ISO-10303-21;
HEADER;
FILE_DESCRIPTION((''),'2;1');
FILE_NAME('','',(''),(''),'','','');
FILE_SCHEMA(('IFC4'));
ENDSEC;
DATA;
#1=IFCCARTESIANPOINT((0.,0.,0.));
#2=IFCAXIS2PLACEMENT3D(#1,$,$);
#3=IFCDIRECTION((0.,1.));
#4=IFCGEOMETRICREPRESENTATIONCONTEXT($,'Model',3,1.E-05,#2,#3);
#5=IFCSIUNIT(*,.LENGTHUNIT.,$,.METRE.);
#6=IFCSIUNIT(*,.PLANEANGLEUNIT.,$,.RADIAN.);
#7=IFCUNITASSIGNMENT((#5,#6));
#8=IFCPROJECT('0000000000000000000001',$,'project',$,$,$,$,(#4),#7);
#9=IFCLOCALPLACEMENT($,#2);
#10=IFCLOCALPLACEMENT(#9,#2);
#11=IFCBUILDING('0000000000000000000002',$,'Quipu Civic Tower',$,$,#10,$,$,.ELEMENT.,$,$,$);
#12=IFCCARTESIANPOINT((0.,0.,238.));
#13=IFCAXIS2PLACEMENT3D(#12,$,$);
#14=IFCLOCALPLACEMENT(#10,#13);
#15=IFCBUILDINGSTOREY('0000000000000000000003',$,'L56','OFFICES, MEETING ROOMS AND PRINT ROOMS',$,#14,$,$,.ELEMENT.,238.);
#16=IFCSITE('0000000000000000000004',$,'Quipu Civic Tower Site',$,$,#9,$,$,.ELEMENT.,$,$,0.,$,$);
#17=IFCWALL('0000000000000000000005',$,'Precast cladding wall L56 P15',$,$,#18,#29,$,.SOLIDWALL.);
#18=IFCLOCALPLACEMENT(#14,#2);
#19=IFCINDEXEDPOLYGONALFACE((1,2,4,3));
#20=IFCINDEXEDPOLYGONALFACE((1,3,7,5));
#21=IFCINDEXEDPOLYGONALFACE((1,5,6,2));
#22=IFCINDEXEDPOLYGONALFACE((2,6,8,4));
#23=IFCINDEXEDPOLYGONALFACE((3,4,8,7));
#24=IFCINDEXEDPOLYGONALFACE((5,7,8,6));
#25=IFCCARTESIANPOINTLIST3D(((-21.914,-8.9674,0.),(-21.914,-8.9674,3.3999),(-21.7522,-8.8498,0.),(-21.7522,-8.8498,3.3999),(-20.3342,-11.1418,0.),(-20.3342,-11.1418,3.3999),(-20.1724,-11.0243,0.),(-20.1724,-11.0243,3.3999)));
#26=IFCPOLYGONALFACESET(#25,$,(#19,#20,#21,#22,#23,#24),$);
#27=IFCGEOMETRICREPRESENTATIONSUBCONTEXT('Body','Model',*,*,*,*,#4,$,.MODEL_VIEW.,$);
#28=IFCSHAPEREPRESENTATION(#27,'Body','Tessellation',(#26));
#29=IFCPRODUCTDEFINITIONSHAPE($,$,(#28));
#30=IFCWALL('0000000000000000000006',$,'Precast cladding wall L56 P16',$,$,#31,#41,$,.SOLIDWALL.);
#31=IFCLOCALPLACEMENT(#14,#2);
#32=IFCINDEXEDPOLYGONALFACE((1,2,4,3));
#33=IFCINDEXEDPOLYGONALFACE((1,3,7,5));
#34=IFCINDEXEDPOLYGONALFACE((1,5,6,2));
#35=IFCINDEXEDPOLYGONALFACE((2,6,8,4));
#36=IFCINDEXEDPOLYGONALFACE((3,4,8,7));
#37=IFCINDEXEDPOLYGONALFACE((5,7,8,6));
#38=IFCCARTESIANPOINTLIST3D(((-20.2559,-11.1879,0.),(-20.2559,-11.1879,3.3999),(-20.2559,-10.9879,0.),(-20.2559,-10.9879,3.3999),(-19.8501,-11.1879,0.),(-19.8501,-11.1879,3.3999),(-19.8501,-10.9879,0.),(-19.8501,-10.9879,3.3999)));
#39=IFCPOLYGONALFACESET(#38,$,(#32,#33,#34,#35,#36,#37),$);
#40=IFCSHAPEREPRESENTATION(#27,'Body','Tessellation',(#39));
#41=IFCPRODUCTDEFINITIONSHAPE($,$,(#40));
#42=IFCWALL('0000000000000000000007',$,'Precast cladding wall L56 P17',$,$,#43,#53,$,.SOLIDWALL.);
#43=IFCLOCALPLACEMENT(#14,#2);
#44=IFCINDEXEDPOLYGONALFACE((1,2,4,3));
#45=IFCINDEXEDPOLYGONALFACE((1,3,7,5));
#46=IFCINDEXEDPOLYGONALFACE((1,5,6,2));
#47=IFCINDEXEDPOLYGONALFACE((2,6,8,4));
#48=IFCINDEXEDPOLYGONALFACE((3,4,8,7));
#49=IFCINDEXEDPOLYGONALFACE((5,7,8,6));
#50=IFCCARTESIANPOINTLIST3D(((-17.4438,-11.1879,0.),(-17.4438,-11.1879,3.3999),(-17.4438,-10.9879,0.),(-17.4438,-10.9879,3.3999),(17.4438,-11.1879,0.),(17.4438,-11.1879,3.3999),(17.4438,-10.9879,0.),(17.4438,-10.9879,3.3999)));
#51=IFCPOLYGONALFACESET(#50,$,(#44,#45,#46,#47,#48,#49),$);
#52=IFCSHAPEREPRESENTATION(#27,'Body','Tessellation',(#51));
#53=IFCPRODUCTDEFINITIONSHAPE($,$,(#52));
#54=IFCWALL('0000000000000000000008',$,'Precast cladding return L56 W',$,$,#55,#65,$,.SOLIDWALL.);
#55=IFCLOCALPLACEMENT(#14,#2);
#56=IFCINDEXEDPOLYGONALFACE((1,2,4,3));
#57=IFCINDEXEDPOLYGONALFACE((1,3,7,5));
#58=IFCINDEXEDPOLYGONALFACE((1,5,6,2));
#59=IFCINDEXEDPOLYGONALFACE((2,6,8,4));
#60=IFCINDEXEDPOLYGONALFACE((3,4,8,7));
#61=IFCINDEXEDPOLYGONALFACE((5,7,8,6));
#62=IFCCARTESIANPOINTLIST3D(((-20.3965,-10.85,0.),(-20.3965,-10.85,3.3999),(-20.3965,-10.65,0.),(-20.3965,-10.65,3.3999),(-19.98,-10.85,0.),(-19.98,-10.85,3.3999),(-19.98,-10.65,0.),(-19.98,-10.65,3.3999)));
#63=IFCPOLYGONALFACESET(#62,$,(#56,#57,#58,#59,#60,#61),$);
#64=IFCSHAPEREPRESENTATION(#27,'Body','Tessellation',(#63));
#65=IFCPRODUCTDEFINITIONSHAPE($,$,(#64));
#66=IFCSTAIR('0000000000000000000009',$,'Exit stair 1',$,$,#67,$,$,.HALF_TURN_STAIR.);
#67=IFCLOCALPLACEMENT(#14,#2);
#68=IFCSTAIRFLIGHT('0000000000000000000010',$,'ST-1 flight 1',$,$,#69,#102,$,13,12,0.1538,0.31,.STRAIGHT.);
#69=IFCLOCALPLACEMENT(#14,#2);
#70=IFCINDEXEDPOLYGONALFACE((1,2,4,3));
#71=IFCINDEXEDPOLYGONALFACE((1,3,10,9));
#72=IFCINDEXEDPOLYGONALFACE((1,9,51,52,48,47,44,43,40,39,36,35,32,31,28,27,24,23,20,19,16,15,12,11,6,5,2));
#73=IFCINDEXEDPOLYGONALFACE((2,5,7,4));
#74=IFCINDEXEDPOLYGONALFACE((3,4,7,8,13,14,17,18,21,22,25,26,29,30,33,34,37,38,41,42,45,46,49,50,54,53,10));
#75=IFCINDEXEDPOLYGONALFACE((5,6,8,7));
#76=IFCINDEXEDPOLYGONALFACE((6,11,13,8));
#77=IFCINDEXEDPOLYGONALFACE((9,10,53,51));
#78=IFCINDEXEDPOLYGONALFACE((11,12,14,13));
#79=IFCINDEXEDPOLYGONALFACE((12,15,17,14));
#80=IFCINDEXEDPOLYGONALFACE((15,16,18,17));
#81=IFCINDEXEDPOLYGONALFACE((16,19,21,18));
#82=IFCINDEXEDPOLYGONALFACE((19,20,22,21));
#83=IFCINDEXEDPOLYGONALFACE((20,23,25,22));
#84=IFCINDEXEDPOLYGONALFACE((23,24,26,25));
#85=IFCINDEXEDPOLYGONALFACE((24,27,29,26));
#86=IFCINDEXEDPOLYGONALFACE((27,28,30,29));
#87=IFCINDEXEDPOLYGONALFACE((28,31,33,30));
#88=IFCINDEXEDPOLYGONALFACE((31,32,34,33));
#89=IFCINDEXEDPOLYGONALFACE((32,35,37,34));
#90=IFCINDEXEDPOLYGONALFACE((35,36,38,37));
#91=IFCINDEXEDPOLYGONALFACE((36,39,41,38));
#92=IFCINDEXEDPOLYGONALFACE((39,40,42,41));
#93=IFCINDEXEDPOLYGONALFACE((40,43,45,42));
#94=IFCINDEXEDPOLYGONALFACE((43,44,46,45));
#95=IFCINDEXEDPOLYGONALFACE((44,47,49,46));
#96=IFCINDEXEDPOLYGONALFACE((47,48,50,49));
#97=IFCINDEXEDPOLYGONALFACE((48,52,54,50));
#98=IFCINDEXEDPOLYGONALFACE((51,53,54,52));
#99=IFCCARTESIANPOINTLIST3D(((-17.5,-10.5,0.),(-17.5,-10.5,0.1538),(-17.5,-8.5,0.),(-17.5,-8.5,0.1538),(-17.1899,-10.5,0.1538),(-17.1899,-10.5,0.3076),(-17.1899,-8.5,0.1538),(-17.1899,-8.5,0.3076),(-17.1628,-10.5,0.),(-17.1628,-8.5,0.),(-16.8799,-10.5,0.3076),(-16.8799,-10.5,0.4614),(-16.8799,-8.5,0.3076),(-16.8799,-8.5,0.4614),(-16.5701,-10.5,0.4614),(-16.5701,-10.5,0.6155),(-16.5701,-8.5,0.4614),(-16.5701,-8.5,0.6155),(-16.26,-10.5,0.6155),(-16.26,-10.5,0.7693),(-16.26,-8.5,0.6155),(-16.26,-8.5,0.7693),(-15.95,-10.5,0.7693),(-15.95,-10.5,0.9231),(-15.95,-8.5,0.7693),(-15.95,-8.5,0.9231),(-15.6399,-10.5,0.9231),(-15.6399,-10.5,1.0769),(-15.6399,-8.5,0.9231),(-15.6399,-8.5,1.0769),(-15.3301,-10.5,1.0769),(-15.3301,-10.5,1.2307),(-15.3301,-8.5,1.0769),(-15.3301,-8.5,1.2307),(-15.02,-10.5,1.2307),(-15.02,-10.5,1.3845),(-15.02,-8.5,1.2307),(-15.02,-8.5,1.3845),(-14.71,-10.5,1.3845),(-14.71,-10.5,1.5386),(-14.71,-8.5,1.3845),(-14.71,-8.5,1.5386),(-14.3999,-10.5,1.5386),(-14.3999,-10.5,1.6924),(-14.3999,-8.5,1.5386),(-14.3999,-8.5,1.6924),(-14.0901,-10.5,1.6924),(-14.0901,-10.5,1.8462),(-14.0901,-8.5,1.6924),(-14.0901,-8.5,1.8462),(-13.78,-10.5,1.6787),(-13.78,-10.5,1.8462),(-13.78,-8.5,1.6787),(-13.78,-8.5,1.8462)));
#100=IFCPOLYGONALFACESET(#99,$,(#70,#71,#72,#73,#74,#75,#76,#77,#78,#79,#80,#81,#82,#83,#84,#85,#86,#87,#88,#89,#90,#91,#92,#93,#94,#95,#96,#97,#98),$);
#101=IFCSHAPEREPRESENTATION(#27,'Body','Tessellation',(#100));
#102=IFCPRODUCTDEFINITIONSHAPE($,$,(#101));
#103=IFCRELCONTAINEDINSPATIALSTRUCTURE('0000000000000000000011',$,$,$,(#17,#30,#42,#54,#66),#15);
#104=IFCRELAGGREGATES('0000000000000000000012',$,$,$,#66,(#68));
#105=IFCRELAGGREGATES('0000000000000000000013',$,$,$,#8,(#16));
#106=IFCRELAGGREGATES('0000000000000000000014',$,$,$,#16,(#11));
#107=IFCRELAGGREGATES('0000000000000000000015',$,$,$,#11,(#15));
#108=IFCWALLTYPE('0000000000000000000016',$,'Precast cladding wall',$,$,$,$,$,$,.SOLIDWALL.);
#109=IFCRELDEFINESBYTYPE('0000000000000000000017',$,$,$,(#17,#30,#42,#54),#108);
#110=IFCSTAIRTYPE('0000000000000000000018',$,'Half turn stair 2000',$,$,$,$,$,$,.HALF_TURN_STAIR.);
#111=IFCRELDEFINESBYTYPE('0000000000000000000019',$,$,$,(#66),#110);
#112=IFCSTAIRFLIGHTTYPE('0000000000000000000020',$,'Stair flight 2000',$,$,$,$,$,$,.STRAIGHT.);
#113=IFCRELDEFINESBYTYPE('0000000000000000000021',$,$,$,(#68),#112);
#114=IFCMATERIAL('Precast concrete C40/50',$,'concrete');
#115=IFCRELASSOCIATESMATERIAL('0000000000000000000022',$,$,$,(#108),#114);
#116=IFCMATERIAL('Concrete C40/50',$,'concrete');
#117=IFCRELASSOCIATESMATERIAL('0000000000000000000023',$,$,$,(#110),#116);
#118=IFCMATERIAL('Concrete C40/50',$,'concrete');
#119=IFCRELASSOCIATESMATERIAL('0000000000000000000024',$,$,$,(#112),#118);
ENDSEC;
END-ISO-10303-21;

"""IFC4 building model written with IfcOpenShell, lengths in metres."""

from ifc_helpers import new_model, si_unit, direction, frame, frame_2d, origin, place, context, subcontext, project, spatial, polyline, rectangle, outline, extrude, material, type_object, element, aggregate, save


model = new_model("IFC4")

# Units and contexts
model_context = context("Model", 3, precision=1e-05, world=origin(), true_north=direction((0.0, 1.0)))
body_context = subcontext(model_context, "Body", "Model", "MODEL_VIEW")
ifc_project = project(units=[si_unit("LENGTHUNIT", "METRE"), si_unit("PLANEANGLEUNIT", "RADIAN")], contexts=[model_context])

# Site, building, storey
site_placement = place(None, origin())
site = spatial("IfcSite", under=ifc_project, at=site_placement, Name="Quipu Civic Tower Site", CompositionType="ELEMENT", RefElevation=0.0)
building_placement = place(site_placement, origin())
building = spatial("IfcBuilding", under=site, at=building_placement, Name="Quipu Civic Tower", CompositionType="ELEMENT")
storey_placement = place(building_placement, frame((0.0, 0.0, 238.0)))
storey = spatial("IfcBuildingStorey", under=building, at=storey_placement, Name="L56", Description="OFFICES, MEETING ROOMS AND PRINT ROOMS", CompositionType="ELEMENT", Elevation=238.0)

# Walls
ifc_material_1 = material(Name="Precast concrete C40/50", Category="concrete")
wall_type_1 = type_object("IfcWallType", Name="Precast cladding wall", PredefinedType="SOLIDWALL", material=ifc_material_1)
wall_1_placement = place(storey_placement, frame((-21.833, -8.9087, 0.0), z_axis=(0.0, 0.0, 1.0), x_axis=(0.587767, -0.809031, 0.0)))
element("IfcWall", 1, at=wall_1_placement, inside=storey, type_object=wall_type_1, Name="Precast cladding wall L56 P15", PredefinedType="SOLIDWALL", context=body_context, shape_type="SweptSolid", body=[
    extrude(rectangle(XDim=2.6877, YDim=0.2, at=frame_2d((1.3438, 0.0))), origin(), (0.0, 0.0, 1.0), 3.3999),
])
wall_2_placement = place(storey_placement, frame((-20.2559, -11.0879, 0.0), z_axis=(0.0, 0.0, 1.0), x_axis=(1.0, 0.0, 0.0)))
element("IfcWall", 2, at=wall_2_placement, inside=storey, type_object=wall_type_1, Name="Precast cladding wall L56 P16", PredefinedType="SOLIDWALL", context=body_context, shape_type="SweptSolid", body=[
    extrude(rectangle(XDim=0.4058, YDim=0.2, at=frame_2d((0.2029, 0.0))), origin(), (0.0, 0.0, 1.0), 3.3999),
])
wall_3_placement = place(storey_placement, frame((-17.4438, -11.0879, 0.0), z_axis=(0.0, 0.0, 1.0), x_axis=(1.0, 0.0, 0.0)))
element("IfcWall", 3, at=wall_3_placement, inside=storey, type_object=wall_type_1, Name="Precast cladding wall L56 P17", PredefinedType="SOLIDWALL", context=body_context, shape_type="SweptSolid", body=[
    extrude(rectangle(XDim=34.8877, YDim=0.2, at=frame_2d((17.4438, 0.0))), origin(), (0.0, 0.0, 1.0), 3.3999),
])
wall_4_placement = place(storey_placement, frame((-19.98, -10.75, 0.0), z_axis=(0.0, 0.0, 1.0), x_axis=(-1.0, 0.0, 0.0)))
element("IfcWall", 4, at=wall_4_placement, inside=storey, type_object=wall_type_1, Name="Precast cladding return L56 W", PredefinedType="SOLIDWALL", context=body_context, shape_type="SweptSolid", body=[
    extrude(rectangle(XDim=0.4165, YDim=0.2, at=frame_2d((0.2083, 0.0))), origin(), (0.0, 0.0, 1.0), 3.3999),
])

# Stair, stair flight
ifc_material_2 = material(Name="Concrete C40/50", Category="concrete")
stair_type = type_object("IfcStairType", Name="Half turn stair 2000", PredefinedType="HALF_TURN_STAIR", material=ifc_material_2)
stair_placement = place(storey_placement, origin())
stair = element("IfcStair", 5, at=stair_placement, inside=storey, type_object=stair_type, Name="Exit stair 1", PredefinedType="HALF_TURN_STAIR")
ifc_material_3 = material(Name="Concrete C40/50", Category="concrete")
stair_flight_type = type_object("IfcStairFlightType", Name="Stair flight 2000", PredefinedType="STRAIGHT", material=ifc_material_3)
stair_flight_placement = place(storey_placement, frame((-17.5, -9.5, 0.0), z_axis=(0.0, 0.0, 1.0), x_axis=(1.0, 0.0, 0.0)))
stair_flight = element("IfcStairFlight", 6, at=stair_flight_placement, type_object=stair_flight_type, Name="ST-1 flight 1", NumberOfRisers=13, NumberOfTreads=12, PredefinedType="STRAIGHT", RiserHeight=0.1538, TreadLength=0.31, context=body_context, shape_type="SweptSolid", body=[
    extrude(outline(polyline([(0.0, 0.0), (0.0, 0.1538), (0.3101, 0.1538), (0.3101, 0.3076), (0.6201, 0.3076), (0.6201, 0.4614), (0.9299, 0.4614), (0.9299, 0.6155), (1.24, 0.6155), (1.24, 0.7693), (1.55, 0.7693), (1.55, 0.9231), (1.8601, 0.9231), (1.8601, 1.0769), (2.1699, 1.0769), (2.1699, 1.2307), (2.48, 1.2307), (2.48, 1.3845), (2.79, 1.3845), (2.79, 1.5386), (3.1001, 1.5386), (3.1001, 1.6924), (3.4099, 1.6924), (3.4099, 1.8462), (3.72, 1.8462), (3.72, 2.0), (3.72, 1.6787), (0.3372, 0.0), (0.0, 0.0)])), frame((0.0, 1.0, 0.0), z_axis=(0.0, -1.0, 0.0), x_axis=(1.0, 0.0, 0.0)), (0.0, 0.0, 1.0), 2.0),
])
aggregate(stair, [stair_flight])

save(model, "model.ifc")
